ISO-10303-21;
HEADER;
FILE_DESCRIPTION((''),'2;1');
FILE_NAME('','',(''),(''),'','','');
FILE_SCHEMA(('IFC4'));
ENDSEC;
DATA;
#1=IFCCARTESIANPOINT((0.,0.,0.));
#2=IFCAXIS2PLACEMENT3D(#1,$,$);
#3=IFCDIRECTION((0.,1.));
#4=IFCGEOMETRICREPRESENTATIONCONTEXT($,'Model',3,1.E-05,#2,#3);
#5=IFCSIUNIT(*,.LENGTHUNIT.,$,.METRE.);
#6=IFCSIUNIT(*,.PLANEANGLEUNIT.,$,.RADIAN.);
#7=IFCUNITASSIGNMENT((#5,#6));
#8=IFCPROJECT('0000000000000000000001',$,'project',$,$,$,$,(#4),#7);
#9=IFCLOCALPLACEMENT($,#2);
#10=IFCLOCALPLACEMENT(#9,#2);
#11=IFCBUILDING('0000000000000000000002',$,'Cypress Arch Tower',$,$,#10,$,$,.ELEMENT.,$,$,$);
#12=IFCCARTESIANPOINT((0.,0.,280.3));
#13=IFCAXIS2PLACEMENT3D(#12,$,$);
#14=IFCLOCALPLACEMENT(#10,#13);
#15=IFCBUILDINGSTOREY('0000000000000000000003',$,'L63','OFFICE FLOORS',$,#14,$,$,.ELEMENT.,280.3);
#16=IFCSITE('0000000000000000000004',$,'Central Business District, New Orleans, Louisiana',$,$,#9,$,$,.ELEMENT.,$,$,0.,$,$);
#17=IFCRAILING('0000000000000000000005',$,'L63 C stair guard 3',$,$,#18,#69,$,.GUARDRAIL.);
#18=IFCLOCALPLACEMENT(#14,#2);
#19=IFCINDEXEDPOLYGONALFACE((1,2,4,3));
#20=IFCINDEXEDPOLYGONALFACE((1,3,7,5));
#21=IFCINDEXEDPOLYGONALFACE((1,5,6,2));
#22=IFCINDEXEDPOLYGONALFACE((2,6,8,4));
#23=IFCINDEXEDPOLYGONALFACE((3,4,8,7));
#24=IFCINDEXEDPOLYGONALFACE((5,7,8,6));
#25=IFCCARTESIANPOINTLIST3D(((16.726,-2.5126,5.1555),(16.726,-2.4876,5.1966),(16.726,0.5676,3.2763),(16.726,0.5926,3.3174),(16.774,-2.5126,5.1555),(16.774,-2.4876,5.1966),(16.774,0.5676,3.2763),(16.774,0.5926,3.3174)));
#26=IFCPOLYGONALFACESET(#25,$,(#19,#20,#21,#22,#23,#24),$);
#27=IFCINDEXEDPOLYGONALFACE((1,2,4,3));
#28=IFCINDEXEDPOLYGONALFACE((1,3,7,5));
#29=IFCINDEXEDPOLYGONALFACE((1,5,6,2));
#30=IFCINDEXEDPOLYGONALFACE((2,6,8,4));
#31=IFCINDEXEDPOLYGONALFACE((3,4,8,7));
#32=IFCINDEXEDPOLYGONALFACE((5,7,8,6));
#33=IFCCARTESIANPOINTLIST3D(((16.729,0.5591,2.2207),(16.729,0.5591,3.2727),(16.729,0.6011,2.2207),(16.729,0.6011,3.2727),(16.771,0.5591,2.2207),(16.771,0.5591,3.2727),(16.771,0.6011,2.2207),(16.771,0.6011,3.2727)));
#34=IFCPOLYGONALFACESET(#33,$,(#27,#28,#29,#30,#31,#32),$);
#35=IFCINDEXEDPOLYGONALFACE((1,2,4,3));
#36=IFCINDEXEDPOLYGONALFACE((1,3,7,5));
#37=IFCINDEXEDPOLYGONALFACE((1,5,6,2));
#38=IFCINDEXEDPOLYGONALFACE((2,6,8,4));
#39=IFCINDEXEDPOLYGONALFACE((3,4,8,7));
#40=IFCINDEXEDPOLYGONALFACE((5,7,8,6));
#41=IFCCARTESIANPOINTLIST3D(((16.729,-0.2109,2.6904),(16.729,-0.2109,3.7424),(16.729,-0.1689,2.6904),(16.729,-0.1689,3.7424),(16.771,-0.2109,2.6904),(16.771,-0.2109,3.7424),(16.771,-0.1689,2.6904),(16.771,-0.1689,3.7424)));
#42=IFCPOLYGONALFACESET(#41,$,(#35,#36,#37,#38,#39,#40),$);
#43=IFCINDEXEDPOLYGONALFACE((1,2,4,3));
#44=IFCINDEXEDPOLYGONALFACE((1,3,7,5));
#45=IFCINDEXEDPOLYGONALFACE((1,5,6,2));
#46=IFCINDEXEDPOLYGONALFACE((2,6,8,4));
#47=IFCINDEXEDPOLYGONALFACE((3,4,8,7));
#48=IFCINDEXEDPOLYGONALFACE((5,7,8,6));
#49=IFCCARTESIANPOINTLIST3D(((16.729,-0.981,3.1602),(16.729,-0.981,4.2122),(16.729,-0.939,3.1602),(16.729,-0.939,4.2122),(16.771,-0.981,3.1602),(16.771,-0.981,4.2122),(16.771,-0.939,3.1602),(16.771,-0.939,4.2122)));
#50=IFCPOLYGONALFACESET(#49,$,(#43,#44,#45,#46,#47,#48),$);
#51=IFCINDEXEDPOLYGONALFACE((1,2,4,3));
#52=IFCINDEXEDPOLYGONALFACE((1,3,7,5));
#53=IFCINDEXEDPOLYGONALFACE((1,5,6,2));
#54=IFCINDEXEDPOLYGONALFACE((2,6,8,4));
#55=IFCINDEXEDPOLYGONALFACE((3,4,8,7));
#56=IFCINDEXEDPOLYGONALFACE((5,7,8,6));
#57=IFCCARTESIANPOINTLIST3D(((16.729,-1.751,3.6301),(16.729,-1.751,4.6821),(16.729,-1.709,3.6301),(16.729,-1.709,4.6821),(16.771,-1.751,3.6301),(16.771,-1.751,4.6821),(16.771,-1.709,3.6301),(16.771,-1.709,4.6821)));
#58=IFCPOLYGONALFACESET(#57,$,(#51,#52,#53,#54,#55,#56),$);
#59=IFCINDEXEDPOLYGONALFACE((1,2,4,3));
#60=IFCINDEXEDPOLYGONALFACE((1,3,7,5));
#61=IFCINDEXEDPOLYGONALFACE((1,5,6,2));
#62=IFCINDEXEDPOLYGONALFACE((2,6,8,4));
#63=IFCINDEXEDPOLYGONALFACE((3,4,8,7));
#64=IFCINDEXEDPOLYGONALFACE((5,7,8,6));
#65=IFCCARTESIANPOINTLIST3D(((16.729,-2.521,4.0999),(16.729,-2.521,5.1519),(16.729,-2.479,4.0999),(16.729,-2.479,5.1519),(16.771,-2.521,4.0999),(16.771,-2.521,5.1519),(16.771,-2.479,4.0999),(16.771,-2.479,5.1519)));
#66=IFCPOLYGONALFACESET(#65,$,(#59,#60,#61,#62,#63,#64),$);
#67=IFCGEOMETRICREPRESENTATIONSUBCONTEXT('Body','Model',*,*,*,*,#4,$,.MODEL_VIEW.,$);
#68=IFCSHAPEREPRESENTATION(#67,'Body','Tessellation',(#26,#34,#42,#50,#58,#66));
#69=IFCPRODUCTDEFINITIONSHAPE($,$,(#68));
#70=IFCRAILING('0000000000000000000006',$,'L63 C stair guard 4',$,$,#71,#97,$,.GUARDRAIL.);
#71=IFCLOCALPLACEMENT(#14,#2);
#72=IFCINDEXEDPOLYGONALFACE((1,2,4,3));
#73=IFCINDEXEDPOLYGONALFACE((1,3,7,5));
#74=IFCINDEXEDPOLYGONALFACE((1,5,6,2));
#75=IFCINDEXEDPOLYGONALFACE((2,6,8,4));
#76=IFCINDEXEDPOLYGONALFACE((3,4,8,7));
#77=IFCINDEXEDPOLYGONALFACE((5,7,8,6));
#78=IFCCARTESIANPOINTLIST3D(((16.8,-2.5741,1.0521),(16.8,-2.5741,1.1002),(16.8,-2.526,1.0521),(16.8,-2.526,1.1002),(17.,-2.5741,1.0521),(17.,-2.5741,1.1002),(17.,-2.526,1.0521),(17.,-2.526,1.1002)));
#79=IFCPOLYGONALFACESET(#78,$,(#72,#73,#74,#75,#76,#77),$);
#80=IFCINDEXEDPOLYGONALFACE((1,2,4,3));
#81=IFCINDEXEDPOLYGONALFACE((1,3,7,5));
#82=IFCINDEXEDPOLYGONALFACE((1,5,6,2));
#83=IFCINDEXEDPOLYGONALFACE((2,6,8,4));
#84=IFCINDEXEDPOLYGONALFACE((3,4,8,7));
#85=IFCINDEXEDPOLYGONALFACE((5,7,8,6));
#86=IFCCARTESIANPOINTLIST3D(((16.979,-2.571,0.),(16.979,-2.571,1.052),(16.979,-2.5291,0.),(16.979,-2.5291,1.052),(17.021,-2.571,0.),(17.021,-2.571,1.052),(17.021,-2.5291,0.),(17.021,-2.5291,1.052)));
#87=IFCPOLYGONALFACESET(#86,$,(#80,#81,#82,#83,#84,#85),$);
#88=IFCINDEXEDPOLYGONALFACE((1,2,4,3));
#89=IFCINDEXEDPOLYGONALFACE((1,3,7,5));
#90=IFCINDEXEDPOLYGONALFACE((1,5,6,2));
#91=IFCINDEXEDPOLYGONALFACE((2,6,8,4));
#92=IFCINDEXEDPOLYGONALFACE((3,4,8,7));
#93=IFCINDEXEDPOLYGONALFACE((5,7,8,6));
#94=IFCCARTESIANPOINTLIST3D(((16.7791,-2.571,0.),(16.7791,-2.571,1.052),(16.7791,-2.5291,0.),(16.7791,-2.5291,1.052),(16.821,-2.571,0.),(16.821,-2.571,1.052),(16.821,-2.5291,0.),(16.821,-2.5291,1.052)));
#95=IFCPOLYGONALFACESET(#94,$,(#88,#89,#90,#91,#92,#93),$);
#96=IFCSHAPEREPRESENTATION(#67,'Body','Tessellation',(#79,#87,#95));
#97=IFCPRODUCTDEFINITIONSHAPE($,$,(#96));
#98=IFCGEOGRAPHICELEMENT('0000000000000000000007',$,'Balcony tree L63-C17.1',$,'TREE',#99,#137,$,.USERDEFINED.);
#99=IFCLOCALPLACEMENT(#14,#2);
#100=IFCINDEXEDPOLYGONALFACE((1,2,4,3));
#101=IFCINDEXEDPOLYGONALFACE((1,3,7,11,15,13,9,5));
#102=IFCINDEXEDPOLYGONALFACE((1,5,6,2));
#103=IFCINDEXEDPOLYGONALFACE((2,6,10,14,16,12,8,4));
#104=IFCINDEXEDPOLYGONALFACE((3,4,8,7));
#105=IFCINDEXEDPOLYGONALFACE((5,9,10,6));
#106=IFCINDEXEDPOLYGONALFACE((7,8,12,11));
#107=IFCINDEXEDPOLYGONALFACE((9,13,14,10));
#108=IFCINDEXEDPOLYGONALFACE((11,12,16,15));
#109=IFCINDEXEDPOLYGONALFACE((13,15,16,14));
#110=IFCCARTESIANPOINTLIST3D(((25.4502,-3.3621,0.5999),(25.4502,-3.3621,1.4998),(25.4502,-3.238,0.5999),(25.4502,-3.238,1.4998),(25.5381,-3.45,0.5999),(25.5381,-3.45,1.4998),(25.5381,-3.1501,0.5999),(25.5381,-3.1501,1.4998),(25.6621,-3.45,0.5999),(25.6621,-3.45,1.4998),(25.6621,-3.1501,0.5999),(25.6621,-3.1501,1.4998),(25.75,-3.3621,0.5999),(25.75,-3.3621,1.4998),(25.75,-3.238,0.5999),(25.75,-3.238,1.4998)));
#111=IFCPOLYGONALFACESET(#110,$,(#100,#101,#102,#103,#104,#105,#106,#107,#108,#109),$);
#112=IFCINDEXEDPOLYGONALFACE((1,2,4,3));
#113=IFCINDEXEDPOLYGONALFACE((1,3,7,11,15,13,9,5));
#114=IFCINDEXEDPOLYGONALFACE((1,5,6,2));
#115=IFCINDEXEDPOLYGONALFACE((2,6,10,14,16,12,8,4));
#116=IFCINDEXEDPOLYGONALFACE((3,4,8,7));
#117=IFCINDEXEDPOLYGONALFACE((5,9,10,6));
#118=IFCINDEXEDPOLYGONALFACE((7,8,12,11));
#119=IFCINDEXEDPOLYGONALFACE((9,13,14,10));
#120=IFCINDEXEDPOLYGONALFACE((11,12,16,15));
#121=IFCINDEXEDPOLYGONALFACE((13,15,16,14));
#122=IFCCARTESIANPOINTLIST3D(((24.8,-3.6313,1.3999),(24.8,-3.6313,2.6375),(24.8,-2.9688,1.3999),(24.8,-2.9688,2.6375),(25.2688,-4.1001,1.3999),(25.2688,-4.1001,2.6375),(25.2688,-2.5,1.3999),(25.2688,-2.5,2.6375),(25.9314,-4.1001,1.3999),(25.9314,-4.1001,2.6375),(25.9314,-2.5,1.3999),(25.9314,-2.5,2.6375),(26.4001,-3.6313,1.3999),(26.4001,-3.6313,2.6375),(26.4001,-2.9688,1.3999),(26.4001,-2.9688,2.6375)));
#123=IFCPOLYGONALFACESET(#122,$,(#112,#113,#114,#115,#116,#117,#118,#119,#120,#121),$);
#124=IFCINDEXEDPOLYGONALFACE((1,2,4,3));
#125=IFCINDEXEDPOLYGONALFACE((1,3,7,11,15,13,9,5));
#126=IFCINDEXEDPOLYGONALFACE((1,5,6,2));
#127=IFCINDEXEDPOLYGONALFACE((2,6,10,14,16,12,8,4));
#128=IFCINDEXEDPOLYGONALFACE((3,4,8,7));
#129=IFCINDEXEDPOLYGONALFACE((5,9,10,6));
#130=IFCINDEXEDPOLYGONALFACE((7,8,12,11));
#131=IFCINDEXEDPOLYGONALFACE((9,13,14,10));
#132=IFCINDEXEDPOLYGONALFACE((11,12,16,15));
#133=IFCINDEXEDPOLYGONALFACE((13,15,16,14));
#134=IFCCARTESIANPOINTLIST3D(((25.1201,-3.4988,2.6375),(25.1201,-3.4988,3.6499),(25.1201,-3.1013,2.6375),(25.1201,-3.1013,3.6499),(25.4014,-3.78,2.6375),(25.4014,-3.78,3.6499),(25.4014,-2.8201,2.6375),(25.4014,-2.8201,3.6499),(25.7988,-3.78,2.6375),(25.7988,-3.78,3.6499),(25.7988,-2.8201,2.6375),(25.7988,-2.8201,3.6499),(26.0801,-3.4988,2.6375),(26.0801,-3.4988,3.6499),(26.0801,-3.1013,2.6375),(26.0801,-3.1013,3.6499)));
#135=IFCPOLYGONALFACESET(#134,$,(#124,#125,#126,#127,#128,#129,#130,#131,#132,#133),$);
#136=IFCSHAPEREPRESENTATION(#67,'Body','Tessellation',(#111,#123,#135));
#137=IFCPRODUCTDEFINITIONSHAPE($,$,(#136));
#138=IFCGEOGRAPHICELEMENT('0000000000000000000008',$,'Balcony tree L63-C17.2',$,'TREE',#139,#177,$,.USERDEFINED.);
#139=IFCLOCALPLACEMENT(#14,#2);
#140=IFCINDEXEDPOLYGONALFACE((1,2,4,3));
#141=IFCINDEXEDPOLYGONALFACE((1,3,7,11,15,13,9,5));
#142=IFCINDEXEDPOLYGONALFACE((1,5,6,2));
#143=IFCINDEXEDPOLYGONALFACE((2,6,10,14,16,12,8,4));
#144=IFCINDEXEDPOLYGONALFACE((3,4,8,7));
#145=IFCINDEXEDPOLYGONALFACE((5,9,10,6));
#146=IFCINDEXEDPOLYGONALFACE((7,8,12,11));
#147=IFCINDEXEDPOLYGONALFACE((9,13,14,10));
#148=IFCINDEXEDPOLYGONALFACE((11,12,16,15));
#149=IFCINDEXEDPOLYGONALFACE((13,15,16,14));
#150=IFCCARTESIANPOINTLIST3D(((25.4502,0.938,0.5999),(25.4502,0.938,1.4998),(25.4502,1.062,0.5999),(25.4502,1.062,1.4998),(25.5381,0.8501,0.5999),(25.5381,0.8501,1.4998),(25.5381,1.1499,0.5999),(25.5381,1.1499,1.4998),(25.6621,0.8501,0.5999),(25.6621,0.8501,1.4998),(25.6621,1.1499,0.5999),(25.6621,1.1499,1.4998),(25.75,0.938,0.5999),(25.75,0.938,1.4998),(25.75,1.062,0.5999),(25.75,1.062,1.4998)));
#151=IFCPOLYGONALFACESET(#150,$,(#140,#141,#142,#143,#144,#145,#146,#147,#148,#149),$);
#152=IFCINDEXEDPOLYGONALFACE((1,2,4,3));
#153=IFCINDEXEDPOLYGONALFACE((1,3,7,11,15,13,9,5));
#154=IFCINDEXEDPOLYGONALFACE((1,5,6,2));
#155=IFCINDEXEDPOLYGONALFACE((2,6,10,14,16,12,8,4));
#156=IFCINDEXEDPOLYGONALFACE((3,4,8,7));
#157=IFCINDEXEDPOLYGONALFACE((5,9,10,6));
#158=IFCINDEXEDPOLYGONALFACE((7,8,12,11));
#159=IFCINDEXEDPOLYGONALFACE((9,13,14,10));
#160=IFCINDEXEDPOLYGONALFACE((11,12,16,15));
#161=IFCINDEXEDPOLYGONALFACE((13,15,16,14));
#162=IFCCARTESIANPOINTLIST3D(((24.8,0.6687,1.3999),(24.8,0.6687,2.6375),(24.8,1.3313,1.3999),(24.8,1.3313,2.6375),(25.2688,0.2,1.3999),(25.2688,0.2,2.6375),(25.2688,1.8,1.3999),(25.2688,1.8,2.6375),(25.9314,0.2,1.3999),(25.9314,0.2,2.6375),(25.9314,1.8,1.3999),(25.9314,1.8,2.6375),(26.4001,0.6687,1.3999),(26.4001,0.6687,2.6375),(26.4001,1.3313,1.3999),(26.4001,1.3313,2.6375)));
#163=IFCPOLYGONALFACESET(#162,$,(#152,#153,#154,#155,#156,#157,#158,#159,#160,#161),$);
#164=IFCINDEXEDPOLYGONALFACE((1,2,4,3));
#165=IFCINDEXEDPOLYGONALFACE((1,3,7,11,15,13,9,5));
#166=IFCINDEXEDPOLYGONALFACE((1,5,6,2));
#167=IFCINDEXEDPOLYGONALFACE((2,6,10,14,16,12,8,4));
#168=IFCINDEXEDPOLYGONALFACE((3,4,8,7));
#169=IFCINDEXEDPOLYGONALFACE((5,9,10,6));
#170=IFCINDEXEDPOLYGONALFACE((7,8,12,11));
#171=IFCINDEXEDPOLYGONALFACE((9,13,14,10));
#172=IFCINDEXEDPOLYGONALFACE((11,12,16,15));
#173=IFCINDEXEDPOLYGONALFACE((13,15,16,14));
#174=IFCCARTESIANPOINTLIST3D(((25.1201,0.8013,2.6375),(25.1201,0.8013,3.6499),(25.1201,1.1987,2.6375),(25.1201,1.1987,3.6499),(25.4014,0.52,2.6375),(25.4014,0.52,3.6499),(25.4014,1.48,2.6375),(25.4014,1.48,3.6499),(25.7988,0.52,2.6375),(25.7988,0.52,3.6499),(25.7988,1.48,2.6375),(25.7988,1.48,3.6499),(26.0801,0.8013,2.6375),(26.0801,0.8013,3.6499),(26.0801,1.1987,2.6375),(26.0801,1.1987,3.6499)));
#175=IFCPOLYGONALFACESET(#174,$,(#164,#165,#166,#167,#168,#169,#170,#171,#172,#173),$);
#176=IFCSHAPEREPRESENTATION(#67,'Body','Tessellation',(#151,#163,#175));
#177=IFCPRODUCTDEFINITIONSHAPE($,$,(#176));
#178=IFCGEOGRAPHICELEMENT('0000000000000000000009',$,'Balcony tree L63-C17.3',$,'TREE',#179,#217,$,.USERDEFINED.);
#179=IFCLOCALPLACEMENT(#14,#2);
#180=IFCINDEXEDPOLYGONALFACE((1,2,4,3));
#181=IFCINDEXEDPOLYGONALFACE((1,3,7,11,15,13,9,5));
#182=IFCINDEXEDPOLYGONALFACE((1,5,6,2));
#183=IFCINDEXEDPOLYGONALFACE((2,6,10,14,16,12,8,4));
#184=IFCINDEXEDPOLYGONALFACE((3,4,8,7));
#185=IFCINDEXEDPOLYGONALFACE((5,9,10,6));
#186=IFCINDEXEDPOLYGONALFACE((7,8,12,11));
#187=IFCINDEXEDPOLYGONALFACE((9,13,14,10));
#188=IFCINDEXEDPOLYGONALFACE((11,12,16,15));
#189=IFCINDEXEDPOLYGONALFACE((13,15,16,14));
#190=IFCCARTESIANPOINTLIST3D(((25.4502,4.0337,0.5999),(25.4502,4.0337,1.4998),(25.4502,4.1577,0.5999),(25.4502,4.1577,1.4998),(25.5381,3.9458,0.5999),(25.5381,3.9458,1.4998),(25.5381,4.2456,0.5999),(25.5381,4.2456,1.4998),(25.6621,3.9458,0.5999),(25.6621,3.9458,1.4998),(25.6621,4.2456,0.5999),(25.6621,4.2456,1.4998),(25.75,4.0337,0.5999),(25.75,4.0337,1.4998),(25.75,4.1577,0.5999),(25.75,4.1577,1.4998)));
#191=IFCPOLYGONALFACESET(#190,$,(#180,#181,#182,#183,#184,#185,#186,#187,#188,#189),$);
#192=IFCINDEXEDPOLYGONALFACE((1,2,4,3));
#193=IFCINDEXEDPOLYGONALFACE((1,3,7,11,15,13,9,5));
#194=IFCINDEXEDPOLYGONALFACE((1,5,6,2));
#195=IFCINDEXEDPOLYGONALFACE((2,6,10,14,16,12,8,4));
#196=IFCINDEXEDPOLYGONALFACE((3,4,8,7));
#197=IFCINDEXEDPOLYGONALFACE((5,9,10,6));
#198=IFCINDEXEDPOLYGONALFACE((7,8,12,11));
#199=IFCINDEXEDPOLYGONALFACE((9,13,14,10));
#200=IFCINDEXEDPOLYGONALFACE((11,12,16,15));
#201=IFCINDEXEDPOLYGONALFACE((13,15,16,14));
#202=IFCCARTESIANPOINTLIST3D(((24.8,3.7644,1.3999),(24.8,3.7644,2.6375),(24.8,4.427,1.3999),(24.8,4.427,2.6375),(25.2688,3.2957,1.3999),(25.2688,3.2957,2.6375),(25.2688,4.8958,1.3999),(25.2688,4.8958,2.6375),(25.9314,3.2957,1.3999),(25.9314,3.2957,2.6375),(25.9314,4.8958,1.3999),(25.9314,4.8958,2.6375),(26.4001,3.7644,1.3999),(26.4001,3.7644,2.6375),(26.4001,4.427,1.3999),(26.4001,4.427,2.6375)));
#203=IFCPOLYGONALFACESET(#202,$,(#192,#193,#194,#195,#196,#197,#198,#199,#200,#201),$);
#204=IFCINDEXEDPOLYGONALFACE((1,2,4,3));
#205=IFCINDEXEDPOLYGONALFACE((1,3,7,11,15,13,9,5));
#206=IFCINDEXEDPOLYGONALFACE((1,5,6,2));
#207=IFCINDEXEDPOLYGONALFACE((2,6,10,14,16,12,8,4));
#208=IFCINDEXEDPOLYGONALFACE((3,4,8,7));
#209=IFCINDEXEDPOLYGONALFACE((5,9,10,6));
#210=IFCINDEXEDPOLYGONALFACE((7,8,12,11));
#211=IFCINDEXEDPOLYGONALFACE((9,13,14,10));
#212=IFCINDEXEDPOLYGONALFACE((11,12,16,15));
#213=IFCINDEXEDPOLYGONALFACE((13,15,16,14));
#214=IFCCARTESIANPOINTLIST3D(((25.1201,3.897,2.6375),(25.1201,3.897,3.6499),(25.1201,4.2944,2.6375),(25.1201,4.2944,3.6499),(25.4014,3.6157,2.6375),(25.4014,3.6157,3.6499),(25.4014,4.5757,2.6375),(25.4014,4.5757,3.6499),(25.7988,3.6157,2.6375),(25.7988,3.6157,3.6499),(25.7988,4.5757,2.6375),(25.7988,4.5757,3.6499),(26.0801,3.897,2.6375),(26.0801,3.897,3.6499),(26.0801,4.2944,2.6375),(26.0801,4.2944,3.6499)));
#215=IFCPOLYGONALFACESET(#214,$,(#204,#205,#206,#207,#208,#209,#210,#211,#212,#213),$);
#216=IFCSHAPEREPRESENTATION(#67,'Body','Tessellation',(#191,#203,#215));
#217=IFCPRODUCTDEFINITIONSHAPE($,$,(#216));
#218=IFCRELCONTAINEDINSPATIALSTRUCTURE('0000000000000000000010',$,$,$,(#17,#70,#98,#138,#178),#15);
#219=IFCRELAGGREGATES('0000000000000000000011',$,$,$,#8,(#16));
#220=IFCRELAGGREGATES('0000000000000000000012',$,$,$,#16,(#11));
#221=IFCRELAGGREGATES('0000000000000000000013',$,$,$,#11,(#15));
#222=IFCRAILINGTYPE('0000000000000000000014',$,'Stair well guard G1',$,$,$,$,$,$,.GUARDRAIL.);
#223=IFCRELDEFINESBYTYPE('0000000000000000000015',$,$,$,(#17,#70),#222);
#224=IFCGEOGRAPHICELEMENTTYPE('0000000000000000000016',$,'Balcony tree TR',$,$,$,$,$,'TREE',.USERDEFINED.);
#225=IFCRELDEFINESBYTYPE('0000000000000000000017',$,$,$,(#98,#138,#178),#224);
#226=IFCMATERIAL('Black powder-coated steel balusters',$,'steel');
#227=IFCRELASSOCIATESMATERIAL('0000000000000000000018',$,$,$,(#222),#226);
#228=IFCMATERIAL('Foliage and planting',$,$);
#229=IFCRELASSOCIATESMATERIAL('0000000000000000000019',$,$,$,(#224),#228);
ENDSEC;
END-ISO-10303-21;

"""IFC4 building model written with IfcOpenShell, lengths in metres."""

from ifc_helpers import new_model, si_unit, direction, frame, origin, origin_2d, place, context, subcontext, project, spatial, polyline, rectangle, outline, extrude, material, type_object, element, save


model = new_model("IFC4")

# Units and contexts
model_context = context("Model", 3, precision=1e-05, world=origin(), true_north=direction((0.0, 1.0)))
body_context = subcontext(model_context, "Body", "Model", "MODEL_VIEW")
ifc_project = project(units=[si_unit("LENGTHUNIT", "METRE"), si_unit("PLANEANGLEUNIT", "RADIAN")], contexts=[model_context])

# Site, building, storey
site_placement = place(None, origin())
site = spatial("IfcSite", under=ifc_project, at=site_placement, Name="Central Business District, New Orleans, Louisiana", CompositionType="ELEMENT", RefElevation=0.0)
building_placement = place(site_placement, origin())
building = spatial("IfcBuilding", under=site, at=building_placement, Name="Cypress Arch Tower", CompositionType="ELEMENT")
storey_placement = place(building_placement, frame((0.0, 0.0, 280.3)))
storey = spatial("IfcBuildingStorey", under=building, at=storey_placement, Name="L63", Description="OFFICE FLOORS", CompositionType="ELEMENT", Elevation=280.3)

# Railings
ifc_material_1 = material(Name="Black powder-coated steel balusters", Category="steel")
railing_type_1 = type_object("IfcRailingType", Name="Stair well guard G1", PredefinedType="GUARDRAIL", material=ifc_material_1)
railing_1_placement = place(storey_placement, frame((16.75, 0.5801, 2.2207)))
element("IfcRailing", 1, at=railing_1_placement, inside=storey, type_object=railing_type_1, Name="L63 C stair guard 3", PredefinedType="GUARDRAIL", context=body_context, shape_type="SweptSolid", body=[
    extrude(rectangle(XDim=0.0481, YDim=0.0481, at=origin_2d()), frame((0.0, 0.0, 1.0762), z_axis=(0.0, -0.853666, 0.52082), x_axis=(1.0, 0.0, 0.0)), (0.0, 0.0, 1.0), 3.6082),
    extrude(rectangle(XDim=0.042, YDim=0.042, at=origin_2d()), origin(), (0.0, 0.0, 1.0), 1.052),
    extrude(rectangle(XDim=0.042, YDim=0.042, at=origin_2d()), frame((0.0, -0.77, 0.4697)), (0.0, 0.0, 1.0), 1.052),
    extrude(rectangle(XDim=0.042, YDim=0.042, at=origin_2d()), frame((0.0, -1.54, 0.9395)), (0.0, 0.0, 1.0), 1.052),
    extrude(rectangle(XDim=0.042, YDim=0.042, at=origin_2d()), frame((0.0, -2.3101, 1.4094)), (0.0, 0.0, 1.0), 1.052),
    extrude(rectangle(XDim=0.042, YDim=0.042, at=origin_2d()), frame((0.0, -3.0801, 1.8792)), (0.0, 0.0, 1.0), 1.052),
])
railing_2_placement = place(storey_placement, frame((17.0, -2.55, 0.0)))
element("IfcRailing", 2, at=railing_2_placement, inside=storey, type_object=railing_type_1, Name="L63 C stair guard 4", PredefinedType="GUARDRAIL", context=body_context, shape_type="SweptSolid", body=[
    extrude(rectangle(XDim=0.0481, YDim=0.0481, at=origin_2d()), frame((0.0, 0.0, 1.0762), z_axis=(-1.0, 0.0, 0.0), x_axis=(0.0, -1.0, 0.0)), (0.0, 0.0, 1.0), 0.2),
    extrude(rectangle(XDim=0.042, YDim=0.042, at=origin_2d()), origin(), (0.0, 0.0, 1.0), 1.052),
    extrude(rectangle(XDim=0.042, YDim=0.042, at=origin_2d()), frame((-0.2, 0.0, 0.0)), (0.0, 0.0, 1.0), 1.052),
])

# Geographic elements
ifc_material_2 = material(Name="Foliage and planting")
geographic_element_type = type_object("IfcGeographicElementType", Name="Balcony tree TR", ElementType="TREE", PredefinedType="USERDEFINED", material=ifc_material_2)
for number, where, z_axis, x_axis, name in (
    (3, (25.6001, -3.3, 0.5999), (0.0, 0.0, 1.0), (1.0, 0.0, 0.0), "Balcony tree L63-C17.1"),
    (4, (25.6001, 1.0, 0.5999), (0.0, 0.0, 1.0), (1.0, 0.0, 0.0), "Balcony tree L63-C17.2"),
    (5, (25.6001, 4.0957, 0.5999), (0.0, 0.0, 1.0), (1.0, 0.0, 0.0), "Balcony tree L63-C17.3"),
):
    element("IfcGeographicElement", number, at=place(storey_placement, frame(where, z_axis=z_axis, x_axis=x_axis)), inside=storey, type_object=geographic_element_type, Name=name, ObjectType="TREE", PredefinedType="USERDEFINED", context=body_context, shape_type="SweptSolid", body=[
        extrude(outline(polyline([(0.1499, 0.062), (0.062, 0.1499), (-0.062, 0.1499), (-0.1499, 0.062), (-0.1499, -0.062), (-0.062, -0.1499), (0.062, -0.1499), (0.1499, -0.062), (0.1499, 0.062)])), origin(), (0.0, 0.0, 1.0), 0.8999),
        extrude(outline(polyline([(0.8, 0.3313), (0.3313, 0.8), (-0.3313, 0.8), (-0.8, 0.3313), (-0.8, -0.3313), (-0.3313, -0.8), (0.3313, -0.8), (0.8, -0.3313), (0.8, 0.3313)])), frame((0.0, 0.0, 0.8)), (0.0, 0.0, 1.0), 1.2375),
        extrude(outline(polyline([(0.48, 0.1987), (0.1987, 0.48), (-0.1987, 0.48), (-0.48, 0.1987), (-0.48, -0.1987), (-0.1987, -0.48), (0.1987, -0.48), (0.48, -0.1987), (0.48, 0.1987)])), frame((0.0, 0.0, 2.0376)), (0.0, 0.0, 1.0), 1.0125),
    ])

save(model, "model.ifc")
